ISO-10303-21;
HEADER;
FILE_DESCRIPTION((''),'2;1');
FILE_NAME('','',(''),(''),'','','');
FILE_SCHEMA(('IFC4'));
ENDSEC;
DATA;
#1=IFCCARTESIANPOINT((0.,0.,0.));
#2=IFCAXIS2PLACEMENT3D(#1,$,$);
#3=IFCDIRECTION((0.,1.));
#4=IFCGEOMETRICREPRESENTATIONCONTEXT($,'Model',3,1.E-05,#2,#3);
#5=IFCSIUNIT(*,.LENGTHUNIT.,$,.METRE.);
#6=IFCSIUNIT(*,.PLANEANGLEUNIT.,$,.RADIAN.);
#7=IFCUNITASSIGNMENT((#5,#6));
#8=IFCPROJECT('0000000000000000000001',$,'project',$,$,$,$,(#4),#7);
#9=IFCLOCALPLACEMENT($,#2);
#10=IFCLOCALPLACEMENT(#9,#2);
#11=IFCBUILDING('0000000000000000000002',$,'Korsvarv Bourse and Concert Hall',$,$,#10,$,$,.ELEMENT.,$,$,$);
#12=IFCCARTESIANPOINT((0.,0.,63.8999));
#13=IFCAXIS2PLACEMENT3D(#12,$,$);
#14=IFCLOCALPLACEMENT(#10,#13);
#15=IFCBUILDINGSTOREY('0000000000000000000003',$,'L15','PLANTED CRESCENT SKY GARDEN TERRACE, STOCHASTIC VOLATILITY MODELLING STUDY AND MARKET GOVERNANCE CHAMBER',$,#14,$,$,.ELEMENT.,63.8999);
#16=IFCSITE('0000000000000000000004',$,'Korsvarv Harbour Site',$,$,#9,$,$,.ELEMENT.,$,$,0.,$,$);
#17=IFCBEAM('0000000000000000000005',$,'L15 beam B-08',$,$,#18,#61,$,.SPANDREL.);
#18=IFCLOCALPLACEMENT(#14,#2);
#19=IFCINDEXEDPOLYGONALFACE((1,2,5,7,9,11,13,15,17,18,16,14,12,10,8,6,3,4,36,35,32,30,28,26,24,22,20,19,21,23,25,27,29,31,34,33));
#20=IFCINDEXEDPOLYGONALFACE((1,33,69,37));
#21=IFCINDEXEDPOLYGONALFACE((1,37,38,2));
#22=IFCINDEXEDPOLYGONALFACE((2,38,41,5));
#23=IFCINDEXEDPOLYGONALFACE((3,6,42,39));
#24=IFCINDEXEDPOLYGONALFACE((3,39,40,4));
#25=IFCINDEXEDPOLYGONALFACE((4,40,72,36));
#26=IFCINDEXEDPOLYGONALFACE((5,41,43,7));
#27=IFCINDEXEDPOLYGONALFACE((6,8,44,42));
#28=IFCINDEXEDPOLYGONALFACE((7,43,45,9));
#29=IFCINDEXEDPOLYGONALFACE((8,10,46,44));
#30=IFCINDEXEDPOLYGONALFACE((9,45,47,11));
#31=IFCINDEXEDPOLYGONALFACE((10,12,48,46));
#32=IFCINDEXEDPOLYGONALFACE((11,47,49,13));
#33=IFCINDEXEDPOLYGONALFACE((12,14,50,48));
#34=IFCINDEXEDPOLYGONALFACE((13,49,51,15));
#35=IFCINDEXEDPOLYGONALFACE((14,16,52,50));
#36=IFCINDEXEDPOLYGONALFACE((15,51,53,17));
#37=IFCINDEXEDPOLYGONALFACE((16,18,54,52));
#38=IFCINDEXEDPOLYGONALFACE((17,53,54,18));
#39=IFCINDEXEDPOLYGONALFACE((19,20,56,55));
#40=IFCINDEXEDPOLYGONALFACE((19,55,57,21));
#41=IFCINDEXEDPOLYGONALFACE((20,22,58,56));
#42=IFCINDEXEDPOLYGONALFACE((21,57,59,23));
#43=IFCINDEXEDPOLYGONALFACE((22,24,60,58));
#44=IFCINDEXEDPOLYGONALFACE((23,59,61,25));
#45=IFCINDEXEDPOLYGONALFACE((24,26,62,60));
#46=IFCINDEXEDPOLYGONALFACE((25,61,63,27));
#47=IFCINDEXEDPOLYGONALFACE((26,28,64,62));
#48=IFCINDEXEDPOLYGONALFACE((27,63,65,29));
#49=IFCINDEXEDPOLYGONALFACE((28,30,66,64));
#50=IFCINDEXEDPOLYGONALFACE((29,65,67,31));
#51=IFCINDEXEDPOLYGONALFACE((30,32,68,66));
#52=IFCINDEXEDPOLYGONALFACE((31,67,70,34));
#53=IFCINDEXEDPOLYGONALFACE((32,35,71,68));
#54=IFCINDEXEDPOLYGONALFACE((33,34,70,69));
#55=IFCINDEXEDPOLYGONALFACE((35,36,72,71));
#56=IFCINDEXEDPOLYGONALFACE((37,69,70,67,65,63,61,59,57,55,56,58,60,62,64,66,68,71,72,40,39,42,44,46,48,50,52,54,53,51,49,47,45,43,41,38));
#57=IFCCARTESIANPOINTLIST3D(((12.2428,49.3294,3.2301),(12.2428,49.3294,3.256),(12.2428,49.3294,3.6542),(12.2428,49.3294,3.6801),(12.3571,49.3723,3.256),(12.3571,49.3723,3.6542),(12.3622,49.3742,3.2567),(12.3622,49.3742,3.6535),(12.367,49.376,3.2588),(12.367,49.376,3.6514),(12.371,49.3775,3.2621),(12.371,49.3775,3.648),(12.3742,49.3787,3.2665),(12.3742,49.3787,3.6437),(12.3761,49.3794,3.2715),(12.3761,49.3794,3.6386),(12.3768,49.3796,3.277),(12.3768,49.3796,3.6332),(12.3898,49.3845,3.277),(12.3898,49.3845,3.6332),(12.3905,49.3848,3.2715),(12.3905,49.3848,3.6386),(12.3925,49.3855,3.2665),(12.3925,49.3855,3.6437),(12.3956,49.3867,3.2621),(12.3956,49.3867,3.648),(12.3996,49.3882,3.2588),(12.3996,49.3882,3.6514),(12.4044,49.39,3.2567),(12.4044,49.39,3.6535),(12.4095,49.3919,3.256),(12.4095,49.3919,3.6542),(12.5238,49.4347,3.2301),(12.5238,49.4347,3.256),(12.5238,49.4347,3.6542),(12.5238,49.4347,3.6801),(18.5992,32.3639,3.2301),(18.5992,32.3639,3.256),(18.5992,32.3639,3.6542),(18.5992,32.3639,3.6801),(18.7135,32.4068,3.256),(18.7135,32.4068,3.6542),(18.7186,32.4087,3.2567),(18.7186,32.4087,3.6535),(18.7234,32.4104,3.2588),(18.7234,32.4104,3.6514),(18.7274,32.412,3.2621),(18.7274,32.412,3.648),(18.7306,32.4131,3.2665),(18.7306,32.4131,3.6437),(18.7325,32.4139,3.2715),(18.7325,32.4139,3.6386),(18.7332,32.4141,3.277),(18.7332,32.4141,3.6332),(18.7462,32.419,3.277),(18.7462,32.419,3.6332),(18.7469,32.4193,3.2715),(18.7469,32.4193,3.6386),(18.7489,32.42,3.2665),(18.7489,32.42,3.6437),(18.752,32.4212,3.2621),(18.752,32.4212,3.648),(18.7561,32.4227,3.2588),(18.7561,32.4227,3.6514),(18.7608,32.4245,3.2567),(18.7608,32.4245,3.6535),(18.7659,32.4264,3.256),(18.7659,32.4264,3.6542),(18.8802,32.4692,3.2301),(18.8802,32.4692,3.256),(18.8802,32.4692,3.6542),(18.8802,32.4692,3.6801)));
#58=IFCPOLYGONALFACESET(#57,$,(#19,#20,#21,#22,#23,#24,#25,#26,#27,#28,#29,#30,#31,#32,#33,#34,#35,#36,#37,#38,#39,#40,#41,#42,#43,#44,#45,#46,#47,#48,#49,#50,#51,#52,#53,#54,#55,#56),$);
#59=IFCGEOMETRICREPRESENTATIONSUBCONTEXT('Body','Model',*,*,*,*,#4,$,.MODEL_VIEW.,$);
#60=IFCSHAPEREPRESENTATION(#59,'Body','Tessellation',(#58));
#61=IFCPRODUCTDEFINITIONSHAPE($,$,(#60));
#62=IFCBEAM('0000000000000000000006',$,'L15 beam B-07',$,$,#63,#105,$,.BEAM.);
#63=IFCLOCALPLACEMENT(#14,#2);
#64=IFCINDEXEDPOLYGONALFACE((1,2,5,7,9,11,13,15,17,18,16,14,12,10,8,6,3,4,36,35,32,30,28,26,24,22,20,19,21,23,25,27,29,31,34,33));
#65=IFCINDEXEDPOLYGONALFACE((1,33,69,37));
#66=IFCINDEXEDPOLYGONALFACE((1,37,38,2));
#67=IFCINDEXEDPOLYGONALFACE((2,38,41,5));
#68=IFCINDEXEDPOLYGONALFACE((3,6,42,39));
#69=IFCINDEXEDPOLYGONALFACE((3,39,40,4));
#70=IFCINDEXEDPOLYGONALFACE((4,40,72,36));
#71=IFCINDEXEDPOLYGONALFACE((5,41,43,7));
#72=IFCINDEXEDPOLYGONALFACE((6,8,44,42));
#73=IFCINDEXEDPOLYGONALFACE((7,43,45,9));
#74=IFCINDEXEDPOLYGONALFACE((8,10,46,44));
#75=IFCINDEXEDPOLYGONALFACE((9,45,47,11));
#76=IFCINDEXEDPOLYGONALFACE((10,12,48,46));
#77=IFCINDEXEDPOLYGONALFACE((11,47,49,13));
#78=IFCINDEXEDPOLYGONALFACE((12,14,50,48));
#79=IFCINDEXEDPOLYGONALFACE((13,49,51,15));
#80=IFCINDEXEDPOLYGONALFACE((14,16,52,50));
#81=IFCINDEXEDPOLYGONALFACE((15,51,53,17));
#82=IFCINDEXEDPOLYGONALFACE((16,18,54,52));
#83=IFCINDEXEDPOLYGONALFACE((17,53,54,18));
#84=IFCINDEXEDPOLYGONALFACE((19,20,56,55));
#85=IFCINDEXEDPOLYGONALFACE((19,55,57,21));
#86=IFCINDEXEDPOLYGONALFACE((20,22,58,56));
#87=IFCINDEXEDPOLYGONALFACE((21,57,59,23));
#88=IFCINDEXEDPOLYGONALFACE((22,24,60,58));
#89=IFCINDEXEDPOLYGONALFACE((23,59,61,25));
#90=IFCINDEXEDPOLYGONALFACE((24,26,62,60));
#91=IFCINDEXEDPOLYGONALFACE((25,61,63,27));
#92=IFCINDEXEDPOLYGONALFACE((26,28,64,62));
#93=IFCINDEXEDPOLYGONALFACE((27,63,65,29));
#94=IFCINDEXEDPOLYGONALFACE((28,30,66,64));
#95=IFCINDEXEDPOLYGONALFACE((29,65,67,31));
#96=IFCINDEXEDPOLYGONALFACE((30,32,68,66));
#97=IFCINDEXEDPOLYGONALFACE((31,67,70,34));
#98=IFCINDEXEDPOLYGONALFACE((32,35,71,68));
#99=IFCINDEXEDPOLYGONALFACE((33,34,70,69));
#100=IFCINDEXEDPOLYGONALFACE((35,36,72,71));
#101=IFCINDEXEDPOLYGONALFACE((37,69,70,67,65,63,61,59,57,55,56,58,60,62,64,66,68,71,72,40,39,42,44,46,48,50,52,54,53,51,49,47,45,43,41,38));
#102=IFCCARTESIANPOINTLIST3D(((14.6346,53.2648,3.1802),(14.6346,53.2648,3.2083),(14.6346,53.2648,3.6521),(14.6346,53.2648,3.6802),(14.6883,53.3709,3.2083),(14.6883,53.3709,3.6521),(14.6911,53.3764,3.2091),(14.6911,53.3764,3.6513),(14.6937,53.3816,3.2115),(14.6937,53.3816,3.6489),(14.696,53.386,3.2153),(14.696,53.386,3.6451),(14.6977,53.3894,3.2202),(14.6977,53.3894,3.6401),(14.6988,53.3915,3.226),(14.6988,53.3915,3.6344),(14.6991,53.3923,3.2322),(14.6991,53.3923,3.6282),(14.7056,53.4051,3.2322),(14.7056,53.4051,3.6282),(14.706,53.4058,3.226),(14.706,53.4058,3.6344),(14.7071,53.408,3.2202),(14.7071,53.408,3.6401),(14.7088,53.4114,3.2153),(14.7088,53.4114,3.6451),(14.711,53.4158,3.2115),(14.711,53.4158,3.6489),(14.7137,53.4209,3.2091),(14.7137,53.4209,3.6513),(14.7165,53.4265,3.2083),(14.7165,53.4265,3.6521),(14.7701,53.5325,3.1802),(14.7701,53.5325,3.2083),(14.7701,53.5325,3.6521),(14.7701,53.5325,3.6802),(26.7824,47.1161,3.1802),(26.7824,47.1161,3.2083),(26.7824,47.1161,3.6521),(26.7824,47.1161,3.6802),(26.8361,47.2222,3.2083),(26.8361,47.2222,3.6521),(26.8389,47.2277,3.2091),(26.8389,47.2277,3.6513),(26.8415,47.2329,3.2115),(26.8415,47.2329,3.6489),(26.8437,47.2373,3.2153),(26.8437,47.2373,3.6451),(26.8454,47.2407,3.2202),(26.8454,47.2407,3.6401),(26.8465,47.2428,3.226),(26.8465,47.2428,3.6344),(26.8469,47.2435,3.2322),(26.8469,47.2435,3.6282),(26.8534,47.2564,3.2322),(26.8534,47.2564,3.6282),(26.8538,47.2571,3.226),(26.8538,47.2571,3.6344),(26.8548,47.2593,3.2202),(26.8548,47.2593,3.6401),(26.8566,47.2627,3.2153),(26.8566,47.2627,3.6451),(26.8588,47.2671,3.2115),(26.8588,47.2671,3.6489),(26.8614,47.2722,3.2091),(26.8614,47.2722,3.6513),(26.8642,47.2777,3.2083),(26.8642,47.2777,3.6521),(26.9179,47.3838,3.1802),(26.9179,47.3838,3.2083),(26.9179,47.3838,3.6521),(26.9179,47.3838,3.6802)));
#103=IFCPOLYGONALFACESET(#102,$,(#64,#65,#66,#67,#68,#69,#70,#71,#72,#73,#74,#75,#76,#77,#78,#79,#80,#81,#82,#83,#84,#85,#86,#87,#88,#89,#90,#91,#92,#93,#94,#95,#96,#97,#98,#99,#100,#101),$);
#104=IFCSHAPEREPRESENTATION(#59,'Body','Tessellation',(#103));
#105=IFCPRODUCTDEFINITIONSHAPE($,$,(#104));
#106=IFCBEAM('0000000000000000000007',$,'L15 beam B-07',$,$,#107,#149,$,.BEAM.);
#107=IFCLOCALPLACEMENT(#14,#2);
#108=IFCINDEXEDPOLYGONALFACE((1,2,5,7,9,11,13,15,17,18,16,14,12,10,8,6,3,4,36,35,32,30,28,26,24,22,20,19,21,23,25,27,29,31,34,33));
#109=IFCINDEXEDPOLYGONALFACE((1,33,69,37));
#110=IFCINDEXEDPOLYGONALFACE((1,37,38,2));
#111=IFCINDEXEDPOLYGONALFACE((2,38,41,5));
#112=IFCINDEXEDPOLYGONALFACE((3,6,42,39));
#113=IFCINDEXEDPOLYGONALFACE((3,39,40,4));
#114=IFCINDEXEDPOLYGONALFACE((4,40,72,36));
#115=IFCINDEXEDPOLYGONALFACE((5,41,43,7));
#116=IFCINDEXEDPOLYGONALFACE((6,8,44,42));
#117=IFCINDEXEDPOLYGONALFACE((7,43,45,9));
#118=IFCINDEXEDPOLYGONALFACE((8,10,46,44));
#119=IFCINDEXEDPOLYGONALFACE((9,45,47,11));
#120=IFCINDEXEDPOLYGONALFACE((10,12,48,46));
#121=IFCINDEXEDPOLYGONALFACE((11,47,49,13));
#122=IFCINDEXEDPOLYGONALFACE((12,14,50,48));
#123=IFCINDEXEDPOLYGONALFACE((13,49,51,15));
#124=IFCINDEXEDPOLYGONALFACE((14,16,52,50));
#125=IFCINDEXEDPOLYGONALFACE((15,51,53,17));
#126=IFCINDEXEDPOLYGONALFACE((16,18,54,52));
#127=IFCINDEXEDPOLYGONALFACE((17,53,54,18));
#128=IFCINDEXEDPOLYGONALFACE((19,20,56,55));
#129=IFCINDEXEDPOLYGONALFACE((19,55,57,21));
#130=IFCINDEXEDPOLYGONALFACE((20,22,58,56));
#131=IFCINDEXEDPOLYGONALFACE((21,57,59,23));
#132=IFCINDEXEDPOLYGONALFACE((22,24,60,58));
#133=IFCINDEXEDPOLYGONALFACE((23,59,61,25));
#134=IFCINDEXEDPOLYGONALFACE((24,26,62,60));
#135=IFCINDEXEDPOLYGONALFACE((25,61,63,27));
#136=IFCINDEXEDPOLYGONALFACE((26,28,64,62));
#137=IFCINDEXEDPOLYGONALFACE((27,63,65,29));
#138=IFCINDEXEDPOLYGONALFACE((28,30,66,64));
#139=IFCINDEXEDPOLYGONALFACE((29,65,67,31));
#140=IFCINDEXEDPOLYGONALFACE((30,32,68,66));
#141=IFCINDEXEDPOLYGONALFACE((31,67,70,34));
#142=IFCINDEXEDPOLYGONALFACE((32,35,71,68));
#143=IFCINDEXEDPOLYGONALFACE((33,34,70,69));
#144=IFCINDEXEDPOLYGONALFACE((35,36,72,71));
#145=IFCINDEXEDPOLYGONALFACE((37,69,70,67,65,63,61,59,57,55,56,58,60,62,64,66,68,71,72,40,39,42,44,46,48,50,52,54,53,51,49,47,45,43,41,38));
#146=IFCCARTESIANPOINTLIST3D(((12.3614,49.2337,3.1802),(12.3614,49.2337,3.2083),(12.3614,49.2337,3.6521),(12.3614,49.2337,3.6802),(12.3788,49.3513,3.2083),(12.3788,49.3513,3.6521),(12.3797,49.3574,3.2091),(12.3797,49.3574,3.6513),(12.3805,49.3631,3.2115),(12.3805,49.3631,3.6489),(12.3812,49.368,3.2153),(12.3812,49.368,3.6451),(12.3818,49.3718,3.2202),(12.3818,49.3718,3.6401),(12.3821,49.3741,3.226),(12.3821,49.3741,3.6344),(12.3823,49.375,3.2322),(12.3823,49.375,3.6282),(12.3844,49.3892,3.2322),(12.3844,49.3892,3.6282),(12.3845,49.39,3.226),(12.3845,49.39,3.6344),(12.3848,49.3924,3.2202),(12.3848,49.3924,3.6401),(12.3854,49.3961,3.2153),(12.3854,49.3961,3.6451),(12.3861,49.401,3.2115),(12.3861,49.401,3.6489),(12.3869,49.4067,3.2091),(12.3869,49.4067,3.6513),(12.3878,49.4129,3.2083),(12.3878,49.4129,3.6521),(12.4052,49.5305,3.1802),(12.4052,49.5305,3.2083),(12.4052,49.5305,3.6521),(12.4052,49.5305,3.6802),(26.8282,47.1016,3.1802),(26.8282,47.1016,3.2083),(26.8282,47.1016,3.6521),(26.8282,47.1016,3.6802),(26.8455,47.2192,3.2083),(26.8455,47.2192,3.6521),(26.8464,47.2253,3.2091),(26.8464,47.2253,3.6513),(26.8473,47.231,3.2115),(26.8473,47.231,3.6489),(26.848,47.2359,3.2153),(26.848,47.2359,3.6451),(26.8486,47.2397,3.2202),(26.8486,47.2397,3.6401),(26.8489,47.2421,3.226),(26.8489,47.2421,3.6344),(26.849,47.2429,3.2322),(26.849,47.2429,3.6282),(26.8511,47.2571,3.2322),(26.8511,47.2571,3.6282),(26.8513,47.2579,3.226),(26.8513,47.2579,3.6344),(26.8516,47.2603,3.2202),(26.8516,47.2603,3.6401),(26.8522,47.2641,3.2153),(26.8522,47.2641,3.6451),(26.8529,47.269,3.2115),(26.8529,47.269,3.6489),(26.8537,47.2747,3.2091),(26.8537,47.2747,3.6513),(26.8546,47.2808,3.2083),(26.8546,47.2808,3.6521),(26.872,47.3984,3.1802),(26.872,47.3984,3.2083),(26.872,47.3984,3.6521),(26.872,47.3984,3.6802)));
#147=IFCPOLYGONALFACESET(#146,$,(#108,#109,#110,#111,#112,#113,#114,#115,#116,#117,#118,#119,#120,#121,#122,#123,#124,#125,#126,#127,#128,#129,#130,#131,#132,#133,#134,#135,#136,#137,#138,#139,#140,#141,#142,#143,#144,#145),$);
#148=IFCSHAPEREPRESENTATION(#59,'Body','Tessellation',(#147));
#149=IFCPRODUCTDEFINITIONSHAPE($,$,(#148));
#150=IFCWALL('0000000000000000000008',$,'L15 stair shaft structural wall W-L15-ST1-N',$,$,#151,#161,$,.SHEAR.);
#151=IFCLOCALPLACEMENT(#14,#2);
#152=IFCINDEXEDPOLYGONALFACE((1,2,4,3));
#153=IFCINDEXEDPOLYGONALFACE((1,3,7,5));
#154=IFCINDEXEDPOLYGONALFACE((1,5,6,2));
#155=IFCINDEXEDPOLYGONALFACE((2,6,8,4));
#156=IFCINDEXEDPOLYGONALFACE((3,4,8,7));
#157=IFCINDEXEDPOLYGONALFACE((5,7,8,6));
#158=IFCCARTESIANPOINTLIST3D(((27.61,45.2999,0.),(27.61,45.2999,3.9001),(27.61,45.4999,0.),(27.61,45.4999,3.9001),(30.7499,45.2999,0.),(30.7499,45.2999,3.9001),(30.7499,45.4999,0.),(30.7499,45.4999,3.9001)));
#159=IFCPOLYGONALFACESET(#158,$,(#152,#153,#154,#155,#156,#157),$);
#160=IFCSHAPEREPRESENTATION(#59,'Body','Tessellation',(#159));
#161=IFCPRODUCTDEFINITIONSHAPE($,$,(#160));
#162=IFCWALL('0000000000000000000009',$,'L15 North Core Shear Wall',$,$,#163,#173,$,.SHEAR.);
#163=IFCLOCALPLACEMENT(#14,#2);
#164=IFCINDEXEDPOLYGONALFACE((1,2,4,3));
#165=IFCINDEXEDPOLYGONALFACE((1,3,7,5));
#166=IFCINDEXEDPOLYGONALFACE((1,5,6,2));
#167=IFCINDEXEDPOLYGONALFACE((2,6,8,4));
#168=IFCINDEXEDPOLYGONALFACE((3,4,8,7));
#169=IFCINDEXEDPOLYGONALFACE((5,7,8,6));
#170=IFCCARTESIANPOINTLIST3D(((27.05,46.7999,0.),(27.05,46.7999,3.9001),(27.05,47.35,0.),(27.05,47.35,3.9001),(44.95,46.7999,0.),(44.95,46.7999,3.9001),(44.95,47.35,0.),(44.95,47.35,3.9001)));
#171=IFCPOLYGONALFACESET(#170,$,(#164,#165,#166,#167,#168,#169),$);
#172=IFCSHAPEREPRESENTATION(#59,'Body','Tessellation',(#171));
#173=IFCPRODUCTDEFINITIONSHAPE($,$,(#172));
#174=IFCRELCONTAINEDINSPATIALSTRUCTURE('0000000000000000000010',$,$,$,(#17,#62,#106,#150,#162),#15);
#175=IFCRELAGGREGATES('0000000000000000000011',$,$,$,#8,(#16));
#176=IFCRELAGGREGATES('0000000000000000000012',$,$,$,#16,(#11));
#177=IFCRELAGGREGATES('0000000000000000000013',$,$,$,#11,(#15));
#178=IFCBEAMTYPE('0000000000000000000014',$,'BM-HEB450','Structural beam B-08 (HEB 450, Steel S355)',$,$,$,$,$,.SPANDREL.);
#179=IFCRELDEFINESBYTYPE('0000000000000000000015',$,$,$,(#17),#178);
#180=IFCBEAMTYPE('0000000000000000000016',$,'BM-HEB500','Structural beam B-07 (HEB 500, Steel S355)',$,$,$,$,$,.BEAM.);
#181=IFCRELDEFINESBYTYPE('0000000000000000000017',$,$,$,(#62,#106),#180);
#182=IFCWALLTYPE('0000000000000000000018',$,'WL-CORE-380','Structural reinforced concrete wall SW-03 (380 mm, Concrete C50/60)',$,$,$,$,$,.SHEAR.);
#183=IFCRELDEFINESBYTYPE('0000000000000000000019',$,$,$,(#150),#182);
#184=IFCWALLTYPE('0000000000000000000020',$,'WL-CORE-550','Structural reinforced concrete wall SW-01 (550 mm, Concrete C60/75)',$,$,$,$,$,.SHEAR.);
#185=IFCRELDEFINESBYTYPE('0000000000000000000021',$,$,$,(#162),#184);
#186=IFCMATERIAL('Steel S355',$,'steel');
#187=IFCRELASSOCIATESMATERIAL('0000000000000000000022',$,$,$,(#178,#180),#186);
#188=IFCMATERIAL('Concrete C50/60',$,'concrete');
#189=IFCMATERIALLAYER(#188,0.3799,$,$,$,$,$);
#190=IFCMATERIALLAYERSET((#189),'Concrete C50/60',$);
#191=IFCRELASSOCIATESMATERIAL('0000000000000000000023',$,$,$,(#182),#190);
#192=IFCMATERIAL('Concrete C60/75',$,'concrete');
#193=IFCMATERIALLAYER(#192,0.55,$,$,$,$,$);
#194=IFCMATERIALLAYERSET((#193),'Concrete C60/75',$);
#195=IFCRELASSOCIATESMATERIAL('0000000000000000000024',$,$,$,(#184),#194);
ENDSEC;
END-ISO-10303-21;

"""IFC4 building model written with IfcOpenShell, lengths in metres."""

from ifc_helpers import new_model, si_unit, direction, frame, frame_2d, origin, origin_2d, place, context, subcontext, project, spatial, rectangle, i_section, extrude, source, transform, mapped, material, layer, layer_set, material_profile, profile_set, type_object, element, save


model = new_model("IFC4")

# Units and contexts
model_context = context("Model", 3, precision=1e-05, world=origin(), true_north=direction((0.0, 1.0)))
body_context = subcontext(model_context, "Body", "Model", "MODEL_VIEW")
ifc_project = project(units=[si_unit("LENGTHUNIT", "METRE"), si_unit("PLANEANGLEUNIT", "RADIAN")], contexts=[model_context])

# Site, building, storey
site_placement = place(None, origin())
site = spatial("IfcSite", under=ifc_project, at=site_placement, Name="Korsvarv Harbour Site", CompositionType="ELEMENT", RefElevation=0.0)
building_placement = place(site_placement, origin())
building = spatial("IfcBuilding", under=site, at=building_placement, Name="Korsvarv Bourse and Concert Hall", CompositionType="ELEMENT")
storey_placement = place(building_placement, frame((0.0, 0.0, 63.8999)))
storey = spatial("IfcBuildingStorey", under=building, at=storey_placement, Name="L15", Description="PLANTED CRESCENT SKY GARDEN TERRACE, STOCHASTIC VOLATILITY MODELLING STUDY AND MARKET GOVERNANCE CHAMBER", CompositionType="ELEMENT", Elevation=63.8999)

# Shared definitions
ifc_material_1 = material(Name="Concrete C60/75", Category="concrete")

# Beams
ifc_material_2 = material(Name="Steel S355", Category="steel")
ifc_material_profile_1 = material_profile(ifc_material_2, i_section(OverallWidth=0.3, OverallDepth=0.45, WebThickness=0.0139, FlangeThickness=0.0259, FilletRadius=0.021, at=origin_2d()), Name="HEB 450")
ifc_profile_set_1 = profile_set([ifc_material_profile_1], Name="Steel S355")
beam_type_1 = type_object("IfcBeamType", Name="BM-HEB450", Description="Structural beam B-08 (HEB 450, Steel S355)", PredefinedType="SPANDREL", material=ifc_profile_set_1)
shared_shape_1 = source(origin(), body_context, "Body", "SweptSolid", [
    extrude(i_section(OverallWidth=0.3, OverallDepth=0.45, WebThickness=0.0139, FlangeThickness=0.0259, FilletRadius=0.021, at=origin_2d()), origin(), (0.0, 0.0, 1.0), 18.1172),
])
beam_1_placement = place(storey_placement, frame((12.3833, 49.3821, 3.4551), z_axis=(0.35085, -0.936432, 0.0), x_axis=(0.936432, 0.35085, 0.0)))
element("IfcBeam", 1, at=beam_1_placement, inside=storey, type_object=beam_type_1, Name="L15 beam B-08", PredefinedType="SPANDREL", context=body_context, shape_type="MappedRepresentation", body=[
    mapped(shared_shape_1, transform((0.0, 0.0, 0.0), scale=1.0)),
])
ifc_material_profile_2 = material_profile(ifc_material_2, i_section(OverallWidth=0.3, OverallDepth=0.5, WebThickness=0.0144, FlangeThickness=0.0281, FilletRadius=0.0239, at=origin_2d()), Name="HEB 500")
ifc_profile_set_2 = profile_set([ifc_material_profile_2], Name="Steel S355")
beam_type_2 = type_object("IfcBeamType", Name="BM-HEB500", Description="Structural beam B-07 (HEB 500, Steel S355)", PredefinedType="BEAM", material=ifc_profile_set_2)
shared_shape_2 = source(origin(), body_context, "Body", "SweptSolid", [
    extrude(i_section(OverallWidth=0.3, OverallDepth=0.5, WebThickness=0.0144, FlangeThickness=0.0281, FilletRadius=0.0239, at=origin_2d()), origin(), (0.0, 0.0, 1.0), 13.6152),
])
beam_2_placement = place(storey_placement, frame((14.7024, 53.3987, 3.4302), z_axis=(0.892218, -0.451605, 0.0), x_axis=(0.451605, 0.892218, 0.0)))
element("IfcBeam", 2, at=beam_2_placement, inside=storey, type_object=beam_type_2, Name="L15 beam B-07", PredefinedType="BEAM", context=body_context, shape_type="MappedRepresentation", body=[
    mapped(shared_shape_2, transform((0.0, 0.0, 0.0), scale=1.0)),
])
shared_shape_3 = source(origin(), body_context, "Body", "SweptSolid", [
    extrude(i_section(OverallWidth=0.3, OverallDepth=0.5, WebThickness=0.0144, FlangeThickness=0.0281, FilletRadius=0.0239, at=origin_2d()), origin(), (0.0, 0.0, 1.0), 14.623),
])
beam_3_placement = place(storey_placement, frame((12.3833, 49.3821, 3.4302), z_axis=(0.989314, -0.145803, 0.0), x_axis=(0.145803, 0.989314, 0.0)))
element("IfcBeam", 3, at=beam_3_placement, inside=storey, type_object=beam_type_2, Name="L15 beam B-07", PredefinedType="BEAM", context=body_context, shape_type="MappedRepresentation", body=[
    mapped(shared_shape_3, transform((0.0, 0.0, 0.0), scale=1.0)),
])

# Walls
ifc_material_3 = material(Name="Concrete C50/60", Category="concrete")
ifc_layer_1 = layer(ifc_material_3, 0.3799)
ifc_layer_set_1 = layer_set([ifc_layer_1], Name="Concrete C50/60")
wall_type_1 = type_object("IfcWallType", Name="WL-CORE-380", Description="Structural reinforced concrete wall SW-03 (380 mm, Concrete C50/60)", PredefinedType="SHEAR", material=ifc_layer_set_1)
wall_1_placement = place(storey_placement, frame((27.6101, 45.3999, 0.0), z_axis=(0.0, 0.0, 1.0), x_axis=(1.0, 0.0, 0.0)))
element("IfcWall", 4, at=wall_1_placement, inside=storey, type_object=wall_type_1, Name="L15 stair shaft structural wall W-L15-ST1-N", PredefinedType="SHEAR", context=body_context, shape_type="SweptSolid", body=[
    extrude(rectangle(XDim=3.1399, YDim=0.2, at=frame_2d((1.5698, 0.0))), origin(), (0.0, 0.0, 1.0), 3.9001),
])
ifc_layer_2 = layer(ifc_material_1, 0.55)
ifc_layer_set_2 = layer_set([ifc_layer_2], Name="Concrete C60/75")
wall_type_2 = type_object("IfcWallType", Name="WL-CORE-550", Description="Structural reinforced concrete wall SW-01 (550 mm, Concrete C60/75)", PredefinedType="SHEAR", material=ifc_layer_set_2)
wall_2_placement = place(storey_placement, frame((27.05, 47.075, 0.0), z_axis=(0.0, 0.0, 1.0), x_axis=(1.0, 0.0, 0.0)))
element("IfcWall", 5, at=wall_2_placement, inside=storey, type_object=wall_type_2, Name="L15 North Core Shear Wall", PredefinedType="SHEAR", context=body_context, shape_type="SweptSolid", body=[
    extrude(rectangle(XDim=17.8999, YDim=0.55, at=frame_2d((8.95, 0.0))), origin(), (0.0, 0.0, 1.0), 3.9001),
])

save(model, "model.ifc")
